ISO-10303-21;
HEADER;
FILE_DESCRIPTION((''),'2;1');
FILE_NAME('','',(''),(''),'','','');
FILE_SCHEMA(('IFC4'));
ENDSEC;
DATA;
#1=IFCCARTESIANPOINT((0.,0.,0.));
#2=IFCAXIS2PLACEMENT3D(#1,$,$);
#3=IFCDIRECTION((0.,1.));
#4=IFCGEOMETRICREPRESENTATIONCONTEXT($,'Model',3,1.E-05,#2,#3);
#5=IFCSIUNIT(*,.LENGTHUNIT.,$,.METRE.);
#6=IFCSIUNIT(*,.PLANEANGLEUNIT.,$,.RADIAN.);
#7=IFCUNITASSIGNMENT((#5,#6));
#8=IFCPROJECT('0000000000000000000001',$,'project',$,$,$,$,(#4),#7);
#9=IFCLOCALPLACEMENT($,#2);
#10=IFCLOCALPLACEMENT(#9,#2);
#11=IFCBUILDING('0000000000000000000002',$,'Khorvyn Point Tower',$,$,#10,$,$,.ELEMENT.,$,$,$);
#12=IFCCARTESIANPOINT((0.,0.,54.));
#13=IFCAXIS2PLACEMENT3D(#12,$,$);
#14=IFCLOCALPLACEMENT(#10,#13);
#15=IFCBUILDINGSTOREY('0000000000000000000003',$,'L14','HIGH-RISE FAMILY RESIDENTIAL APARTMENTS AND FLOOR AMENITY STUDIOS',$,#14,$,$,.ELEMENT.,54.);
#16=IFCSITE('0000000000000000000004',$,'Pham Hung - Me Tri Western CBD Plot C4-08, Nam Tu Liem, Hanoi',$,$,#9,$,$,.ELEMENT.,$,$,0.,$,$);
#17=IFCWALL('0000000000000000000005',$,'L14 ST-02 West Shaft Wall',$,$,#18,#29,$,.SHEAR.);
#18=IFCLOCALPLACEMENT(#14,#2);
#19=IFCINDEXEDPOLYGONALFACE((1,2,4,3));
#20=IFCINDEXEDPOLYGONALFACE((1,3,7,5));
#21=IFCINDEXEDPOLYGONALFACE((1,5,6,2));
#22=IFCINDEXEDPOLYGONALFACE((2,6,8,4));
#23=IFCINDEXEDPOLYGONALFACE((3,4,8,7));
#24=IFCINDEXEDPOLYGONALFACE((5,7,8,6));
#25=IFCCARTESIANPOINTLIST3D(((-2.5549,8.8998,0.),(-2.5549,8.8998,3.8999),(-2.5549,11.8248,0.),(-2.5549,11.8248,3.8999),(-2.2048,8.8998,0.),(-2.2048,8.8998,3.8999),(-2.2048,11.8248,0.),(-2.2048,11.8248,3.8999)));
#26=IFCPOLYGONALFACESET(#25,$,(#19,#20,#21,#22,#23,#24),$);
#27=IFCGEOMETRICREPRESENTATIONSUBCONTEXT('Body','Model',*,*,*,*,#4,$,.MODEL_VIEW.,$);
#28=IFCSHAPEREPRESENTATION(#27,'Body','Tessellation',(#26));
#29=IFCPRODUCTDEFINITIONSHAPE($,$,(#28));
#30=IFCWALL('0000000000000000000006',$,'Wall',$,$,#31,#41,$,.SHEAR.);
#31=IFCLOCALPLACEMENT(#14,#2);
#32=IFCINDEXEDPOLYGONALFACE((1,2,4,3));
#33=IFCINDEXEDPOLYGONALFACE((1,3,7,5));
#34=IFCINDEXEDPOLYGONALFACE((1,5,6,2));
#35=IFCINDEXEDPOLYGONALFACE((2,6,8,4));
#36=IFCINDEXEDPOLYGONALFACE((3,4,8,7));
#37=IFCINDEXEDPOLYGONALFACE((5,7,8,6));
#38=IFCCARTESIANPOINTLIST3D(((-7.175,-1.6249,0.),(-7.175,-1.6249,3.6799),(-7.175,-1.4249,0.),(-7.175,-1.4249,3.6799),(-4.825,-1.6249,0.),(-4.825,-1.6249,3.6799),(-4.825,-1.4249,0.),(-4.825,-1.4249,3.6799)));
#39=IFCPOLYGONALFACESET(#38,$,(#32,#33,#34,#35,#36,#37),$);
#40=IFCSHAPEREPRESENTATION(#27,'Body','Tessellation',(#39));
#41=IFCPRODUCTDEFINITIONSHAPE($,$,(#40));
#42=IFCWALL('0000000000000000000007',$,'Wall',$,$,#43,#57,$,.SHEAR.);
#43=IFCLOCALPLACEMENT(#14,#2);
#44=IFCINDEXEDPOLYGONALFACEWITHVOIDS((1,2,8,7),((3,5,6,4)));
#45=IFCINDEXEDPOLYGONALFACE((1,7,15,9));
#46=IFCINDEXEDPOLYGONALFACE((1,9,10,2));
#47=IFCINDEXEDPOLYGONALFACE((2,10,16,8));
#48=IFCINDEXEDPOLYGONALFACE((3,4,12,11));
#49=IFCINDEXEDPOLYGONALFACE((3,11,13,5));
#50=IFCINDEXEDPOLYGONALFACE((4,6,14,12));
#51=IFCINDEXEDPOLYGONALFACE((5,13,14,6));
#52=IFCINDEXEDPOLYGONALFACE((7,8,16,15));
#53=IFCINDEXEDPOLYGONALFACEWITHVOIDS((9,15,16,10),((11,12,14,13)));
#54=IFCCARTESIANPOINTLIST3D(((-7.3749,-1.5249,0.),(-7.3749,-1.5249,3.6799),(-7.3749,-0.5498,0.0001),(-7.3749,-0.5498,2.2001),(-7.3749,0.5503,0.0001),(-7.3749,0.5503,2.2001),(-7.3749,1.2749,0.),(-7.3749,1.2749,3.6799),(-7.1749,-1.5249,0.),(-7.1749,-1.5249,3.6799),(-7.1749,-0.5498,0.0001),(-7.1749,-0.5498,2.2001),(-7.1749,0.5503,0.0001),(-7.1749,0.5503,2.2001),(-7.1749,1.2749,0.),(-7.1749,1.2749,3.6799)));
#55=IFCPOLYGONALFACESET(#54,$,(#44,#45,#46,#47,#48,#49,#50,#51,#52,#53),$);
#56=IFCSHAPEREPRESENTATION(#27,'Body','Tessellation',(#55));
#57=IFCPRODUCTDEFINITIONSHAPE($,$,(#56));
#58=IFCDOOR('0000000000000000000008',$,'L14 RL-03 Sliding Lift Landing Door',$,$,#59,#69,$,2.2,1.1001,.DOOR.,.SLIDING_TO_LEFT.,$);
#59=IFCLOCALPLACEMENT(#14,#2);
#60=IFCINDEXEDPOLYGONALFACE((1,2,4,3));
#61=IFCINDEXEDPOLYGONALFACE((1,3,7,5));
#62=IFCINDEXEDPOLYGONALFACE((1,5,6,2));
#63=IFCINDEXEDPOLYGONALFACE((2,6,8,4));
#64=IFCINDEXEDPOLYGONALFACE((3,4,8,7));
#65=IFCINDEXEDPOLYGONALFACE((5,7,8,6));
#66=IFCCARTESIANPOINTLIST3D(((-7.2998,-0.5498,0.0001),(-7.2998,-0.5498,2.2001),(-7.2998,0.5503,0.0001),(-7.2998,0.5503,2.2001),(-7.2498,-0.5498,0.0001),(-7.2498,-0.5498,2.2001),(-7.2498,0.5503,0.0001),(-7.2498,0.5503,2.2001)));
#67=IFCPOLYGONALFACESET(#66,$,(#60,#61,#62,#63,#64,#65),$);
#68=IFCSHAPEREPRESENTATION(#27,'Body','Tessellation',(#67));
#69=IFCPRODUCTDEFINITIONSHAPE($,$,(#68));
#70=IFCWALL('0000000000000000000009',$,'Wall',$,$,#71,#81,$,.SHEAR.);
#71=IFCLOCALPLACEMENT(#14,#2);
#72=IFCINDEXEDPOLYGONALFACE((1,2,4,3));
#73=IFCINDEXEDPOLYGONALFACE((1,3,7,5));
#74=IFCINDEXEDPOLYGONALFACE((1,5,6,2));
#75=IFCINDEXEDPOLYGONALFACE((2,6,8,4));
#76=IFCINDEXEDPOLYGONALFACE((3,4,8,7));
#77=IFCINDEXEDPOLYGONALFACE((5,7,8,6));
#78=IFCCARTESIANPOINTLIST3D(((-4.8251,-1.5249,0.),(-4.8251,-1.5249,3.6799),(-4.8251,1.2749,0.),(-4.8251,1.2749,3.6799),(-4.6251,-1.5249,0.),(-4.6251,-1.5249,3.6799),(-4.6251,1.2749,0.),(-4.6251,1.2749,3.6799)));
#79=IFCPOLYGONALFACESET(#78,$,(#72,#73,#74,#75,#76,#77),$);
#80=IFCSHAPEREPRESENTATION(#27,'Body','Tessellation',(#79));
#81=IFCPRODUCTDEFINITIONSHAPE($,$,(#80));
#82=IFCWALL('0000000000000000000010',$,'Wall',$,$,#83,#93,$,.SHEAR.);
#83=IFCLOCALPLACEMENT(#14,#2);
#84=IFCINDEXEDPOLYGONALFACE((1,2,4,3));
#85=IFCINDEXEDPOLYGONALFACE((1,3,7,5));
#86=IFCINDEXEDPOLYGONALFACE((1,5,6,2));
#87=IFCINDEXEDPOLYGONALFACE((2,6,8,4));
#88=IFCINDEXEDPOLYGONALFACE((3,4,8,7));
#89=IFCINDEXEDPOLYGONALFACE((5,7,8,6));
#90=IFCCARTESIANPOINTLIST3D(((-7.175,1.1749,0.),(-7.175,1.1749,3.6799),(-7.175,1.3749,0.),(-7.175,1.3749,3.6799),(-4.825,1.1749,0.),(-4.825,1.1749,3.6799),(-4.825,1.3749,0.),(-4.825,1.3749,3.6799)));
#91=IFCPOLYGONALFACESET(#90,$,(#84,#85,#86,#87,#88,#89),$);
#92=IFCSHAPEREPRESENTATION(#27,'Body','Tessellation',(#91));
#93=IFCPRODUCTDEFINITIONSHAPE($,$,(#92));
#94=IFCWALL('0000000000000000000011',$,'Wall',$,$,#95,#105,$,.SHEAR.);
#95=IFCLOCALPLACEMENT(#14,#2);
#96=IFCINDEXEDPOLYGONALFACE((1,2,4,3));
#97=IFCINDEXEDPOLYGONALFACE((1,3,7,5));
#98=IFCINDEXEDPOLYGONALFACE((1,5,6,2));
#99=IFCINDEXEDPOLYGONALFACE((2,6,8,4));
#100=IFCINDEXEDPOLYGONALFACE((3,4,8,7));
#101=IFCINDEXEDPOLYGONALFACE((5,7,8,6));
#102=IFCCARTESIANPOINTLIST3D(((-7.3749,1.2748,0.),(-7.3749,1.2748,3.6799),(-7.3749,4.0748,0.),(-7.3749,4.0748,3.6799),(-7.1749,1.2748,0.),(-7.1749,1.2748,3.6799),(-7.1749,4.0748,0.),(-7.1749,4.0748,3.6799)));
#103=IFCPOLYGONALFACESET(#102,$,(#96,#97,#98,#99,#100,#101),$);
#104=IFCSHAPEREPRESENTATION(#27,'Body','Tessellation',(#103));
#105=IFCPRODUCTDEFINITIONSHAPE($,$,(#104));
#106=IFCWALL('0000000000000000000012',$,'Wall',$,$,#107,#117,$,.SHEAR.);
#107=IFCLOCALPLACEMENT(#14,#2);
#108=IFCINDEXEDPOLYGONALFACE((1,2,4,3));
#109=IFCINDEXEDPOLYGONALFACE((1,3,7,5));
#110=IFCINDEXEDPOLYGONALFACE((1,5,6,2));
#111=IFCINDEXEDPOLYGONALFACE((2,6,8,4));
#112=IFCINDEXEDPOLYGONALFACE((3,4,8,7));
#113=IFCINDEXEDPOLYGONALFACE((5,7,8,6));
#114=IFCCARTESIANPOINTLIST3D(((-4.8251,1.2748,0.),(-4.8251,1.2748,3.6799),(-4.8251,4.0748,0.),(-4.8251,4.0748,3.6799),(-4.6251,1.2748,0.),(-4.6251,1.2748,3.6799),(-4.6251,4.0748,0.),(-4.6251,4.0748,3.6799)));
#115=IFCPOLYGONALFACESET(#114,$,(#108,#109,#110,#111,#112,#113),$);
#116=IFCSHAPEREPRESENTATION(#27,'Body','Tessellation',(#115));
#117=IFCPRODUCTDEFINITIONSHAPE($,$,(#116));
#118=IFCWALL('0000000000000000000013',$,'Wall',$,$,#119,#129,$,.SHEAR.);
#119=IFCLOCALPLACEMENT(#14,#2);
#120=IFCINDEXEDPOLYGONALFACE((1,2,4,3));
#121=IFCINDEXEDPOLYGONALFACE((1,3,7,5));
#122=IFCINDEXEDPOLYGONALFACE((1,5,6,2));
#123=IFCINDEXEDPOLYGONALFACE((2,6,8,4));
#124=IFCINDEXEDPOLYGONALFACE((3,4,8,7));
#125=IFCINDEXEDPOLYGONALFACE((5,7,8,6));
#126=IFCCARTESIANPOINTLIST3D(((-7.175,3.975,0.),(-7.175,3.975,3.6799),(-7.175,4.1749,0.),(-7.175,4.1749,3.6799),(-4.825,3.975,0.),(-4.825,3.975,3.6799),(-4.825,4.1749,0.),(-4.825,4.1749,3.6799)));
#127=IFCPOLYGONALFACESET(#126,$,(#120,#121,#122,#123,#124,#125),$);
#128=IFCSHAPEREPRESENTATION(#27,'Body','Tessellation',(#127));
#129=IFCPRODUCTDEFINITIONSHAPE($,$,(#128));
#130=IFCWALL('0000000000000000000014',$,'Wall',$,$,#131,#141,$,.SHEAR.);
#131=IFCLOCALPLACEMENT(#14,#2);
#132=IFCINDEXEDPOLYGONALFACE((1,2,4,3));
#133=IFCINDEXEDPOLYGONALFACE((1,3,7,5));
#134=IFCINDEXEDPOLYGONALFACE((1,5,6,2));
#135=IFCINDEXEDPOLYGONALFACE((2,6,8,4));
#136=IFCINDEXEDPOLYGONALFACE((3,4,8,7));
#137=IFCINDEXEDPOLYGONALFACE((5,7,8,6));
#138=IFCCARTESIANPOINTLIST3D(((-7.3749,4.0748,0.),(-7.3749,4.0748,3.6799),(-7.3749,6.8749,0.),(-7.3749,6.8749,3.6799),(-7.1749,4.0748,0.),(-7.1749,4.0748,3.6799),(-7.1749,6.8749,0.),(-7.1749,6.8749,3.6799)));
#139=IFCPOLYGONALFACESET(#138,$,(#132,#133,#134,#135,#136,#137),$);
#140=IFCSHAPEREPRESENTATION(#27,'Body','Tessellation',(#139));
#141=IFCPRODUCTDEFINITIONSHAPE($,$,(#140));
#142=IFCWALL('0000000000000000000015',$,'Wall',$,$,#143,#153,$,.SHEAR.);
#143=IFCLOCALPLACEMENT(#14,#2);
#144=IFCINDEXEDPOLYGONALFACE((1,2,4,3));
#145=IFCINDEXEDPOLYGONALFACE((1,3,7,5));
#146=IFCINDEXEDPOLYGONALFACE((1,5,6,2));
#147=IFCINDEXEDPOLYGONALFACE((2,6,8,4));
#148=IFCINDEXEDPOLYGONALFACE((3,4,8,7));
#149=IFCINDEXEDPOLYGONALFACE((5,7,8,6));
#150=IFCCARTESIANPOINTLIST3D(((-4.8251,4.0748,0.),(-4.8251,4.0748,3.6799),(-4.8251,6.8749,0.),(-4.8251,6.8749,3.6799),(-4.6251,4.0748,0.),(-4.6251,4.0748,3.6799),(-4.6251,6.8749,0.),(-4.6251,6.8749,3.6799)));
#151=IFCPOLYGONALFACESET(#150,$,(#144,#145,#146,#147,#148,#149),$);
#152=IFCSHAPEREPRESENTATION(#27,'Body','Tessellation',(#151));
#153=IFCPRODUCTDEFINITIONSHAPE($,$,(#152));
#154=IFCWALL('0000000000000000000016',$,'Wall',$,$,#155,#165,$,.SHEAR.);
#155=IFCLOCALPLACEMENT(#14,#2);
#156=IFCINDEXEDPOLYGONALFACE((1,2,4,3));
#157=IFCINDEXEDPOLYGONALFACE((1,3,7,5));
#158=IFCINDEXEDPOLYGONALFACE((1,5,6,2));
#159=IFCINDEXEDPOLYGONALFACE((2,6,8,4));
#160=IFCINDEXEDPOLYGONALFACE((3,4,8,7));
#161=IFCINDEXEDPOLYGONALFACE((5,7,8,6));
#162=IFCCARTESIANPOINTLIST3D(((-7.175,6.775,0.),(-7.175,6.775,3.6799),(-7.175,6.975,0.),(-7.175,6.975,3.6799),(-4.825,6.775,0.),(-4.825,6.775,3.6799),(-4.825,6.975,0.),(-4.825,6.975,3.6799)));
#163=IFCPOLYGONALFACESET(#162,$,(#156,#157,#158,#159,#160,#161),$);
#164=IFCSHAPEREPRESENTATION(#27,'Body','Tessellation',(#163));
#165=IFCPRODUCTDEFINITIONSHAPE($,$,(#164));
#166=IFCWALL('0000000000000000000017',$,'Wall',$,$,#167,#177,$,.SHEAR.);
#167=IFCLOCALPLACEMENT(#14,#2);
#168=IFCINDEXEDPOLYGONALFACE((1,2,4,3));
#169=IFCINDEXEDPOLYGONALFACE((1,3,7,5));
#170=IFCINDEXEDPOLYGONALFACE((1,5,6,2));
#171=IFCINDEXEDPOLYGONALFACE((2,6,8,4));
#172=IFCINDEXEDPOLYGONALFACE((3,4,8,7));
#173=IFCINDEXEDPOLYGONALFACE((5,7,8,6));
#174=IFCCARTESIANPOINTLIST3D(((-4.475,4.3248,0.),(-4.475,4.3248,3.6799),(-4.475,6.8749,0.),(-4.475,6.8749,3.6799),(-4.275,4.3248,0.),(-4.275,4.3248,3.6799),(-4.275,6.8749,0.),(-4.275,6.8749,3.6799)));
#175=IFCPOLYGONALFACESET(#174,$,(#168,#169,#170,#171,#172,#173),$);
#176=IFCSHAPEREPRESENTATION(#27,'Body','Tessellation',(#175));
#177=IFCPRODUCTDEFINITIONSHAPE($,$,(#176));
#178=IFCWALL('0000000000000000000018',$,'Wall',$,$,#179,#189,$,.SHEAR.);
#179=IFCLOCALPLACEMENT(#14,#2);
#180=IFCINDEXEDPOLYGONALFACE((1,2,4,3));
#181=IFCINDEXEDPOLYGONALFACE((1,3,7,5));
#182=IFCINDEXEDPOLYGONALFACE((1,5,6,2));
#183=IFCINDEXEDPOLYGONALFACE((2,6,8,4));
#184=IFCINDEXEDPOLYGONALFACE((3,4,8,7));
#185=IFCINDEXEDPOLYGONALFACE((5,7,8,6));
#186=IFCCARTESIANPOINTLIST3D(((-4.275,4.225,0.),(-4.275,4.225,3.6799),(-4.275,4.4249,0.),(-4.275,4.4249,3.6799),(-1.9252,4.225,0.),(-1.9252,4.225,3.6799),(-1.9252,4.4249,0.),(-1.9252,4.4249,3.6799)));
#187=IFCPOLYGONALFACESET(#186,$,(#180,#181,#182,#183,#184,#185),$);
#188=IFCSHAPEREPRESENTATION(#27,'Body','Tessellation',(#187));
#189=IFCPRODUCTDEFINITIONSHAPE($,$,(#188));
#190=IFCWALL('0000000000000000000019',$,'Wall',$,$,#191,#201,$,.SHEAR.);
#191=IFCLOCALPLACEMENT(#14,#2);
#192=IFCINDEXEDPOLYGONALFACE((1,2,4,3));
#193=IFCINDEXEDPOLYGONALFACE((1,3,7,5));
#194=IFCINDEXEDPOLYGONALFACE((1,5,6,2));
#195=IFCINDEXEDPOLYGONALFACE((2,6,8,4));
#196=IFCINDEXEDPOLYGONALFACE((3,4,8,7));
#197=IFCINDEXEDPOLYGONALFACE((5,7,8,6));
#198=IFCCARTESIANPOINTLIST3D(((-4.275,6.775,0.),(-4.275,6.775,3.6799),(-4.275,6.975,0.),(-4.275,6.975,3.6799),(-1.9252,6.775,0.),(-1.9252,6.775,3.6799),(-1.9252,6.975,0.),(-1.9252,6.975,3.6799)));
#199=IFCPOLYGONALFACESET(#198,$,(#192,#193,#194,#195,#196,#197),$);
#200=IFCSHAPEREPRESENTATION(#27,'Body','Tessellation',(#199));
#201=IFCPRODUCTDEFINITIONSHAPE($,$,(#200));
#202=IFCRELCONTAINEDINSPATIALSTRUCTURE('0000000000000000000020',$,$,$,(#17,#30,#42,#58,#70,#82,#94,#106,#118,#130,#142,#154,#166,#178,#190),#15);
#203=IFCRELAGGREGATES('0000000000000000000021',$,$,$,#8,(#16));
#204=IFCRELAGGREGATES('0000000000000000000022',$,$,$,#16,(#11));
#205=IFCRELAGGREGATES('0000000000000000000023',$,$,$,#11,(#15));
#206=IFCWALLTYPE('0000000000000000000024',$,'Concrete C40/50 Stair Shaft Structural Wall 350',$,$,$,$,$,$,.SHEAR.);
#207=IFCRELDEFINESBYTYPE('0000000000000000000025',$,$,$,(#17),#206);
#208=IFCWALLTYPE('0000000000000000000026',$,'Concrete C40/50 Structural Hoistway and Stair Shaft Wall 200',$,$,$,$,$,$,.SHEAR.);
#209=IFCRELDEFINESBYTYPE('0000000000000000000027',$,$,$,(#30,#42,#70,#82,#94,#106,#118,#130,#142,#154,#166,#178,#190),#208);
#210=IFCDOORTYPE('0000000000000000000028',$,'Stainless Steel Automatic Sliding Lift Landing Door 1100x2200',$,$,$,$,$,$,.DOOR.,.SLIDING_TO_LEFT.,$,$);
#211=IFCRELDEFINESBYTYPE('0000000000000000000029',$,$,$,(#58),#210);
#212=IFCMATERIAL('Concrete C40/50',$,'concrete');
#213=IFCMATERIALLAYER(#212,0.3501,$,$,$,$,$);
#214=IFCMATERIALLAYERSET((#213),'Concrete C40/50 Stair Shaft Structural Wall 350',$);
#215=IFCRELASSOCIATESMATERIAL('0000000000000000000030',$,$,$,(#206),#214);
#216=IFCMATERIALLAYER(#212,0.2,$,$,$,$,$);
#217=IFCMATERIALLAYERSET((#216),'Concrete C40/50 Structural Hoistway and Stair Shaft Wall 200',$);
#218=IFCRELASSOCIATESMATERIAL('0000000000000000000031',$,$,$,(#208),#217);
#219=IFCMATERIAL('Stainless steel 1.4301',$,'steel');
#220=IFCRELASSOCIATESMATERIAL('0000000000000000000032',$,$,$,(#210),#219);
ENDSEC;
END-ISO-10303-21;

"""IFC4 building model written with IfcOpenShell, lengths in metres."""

from ifc_helpers import new_model, si_unit, direction, frame, frame_2d, origin, place, context, subcontext, project, spatial, rectangle, extrude, material, layer, layer_set, type_object, element, fill, save


model = new_model("IFC4")

# Units and contexts
model_context = context("Model", 3, precision=1e-05, world=origin(), true_north=direction((0.0, 1.0)))
body_context = subcontext(model_context, "Body", "Model", "MODEL_VIEW")
ifc_project = project(units=[si_unit("LENGTHUNIT", "METRE"), si_unit("PLANEANGLEUNIT", "RADIAN")], contexts=[model_context])

# Site, building, storey
site_placement = place(None, origin())
site = spatial("IfcSite", under=ifc_project, at=site_placement, Name="Pham Hung - Me Tri Western CBD Plot C4-08, Nam Tu Liem, Hanoi", CompositionType="ELEMENT", RefElevation=0.0)
building_placement = place(site_placement, origin())
building = spatial("IfcBuilding", under=site, at=building_placement, Name="Khorvyn Point Tower", CompositionType="ELEMENT")
storey_placement = place(building_placement, frame((0.0, 0.0, 54.0)))
storey = spatial("IfcBuildingStorey", under=building, at=storey_placement, Name="L14", Description="HIGH-RISE FAMILY RESIDENTIAL APARTMENTS AND FLOOR AMENITY STUDIOS", CompositionType="ELEMENT", Elevation=54.0)

# Shared definitions
ifc_material_1 = material(Name="Concrete C40/50", Category="concrete")

# Walls
ifc_layer_1 = layer(ifc_material_1, 0.3501)
ifc_layer_set_1 = layer_set([ifc_layer_1], Name="Concrete C40/50 Stair Shaft Structural Wall 350")
wall_type_1 = type_object("IfcWallType", Name="Concrete C40/50 Stair Shaft Structural Wall 350", PredefinedType="SHEAR", material=ifc_layer_set_1)
wall_1_placement = place(storey_placement, frame((-2.3799, 8.8999, 0.0), z_axis=(0.0, 0.0, 1.0), x_axis=(0.0, 1.0, 0.0)))
element("IfcWall", 1, at=wall_1_placement, inside=storey, type_object=wall_type_1, Name="L14 ST-02 West Shaft Wall", PredefinedType="SHEAR", context=body_context, shape_type="SweptSolid", body=[
    extrude(rectangle(XDim=2.925, YDim=0.3501, at=frame_2d((1.4624, 0.0))), origin(), (0.0, 0.0, 1.0), 3.8999),
])
ifc_layer_2 = layer(ifc_material_1, 0.2)
ifc_layer_set_2 = layer_set([ifc_layer_2], Name="Concrete C40/50 Structural Hoistway and Stair Shaft Wall 200")
wall_type_2 = type_object("IfcWallType", Name="Concrete C40/50 Structural Hoistway and Stair Shaft Wall 200", PredefinedType="SHEAR", material=ifc_layer_set_2)
wall_2_placement = place(storey_placement, frame((-7.175, -1.5249, 0.0), z_axis=(0.0, 0.0, 1.0), x_axis=(1.0, 0.0, 0.0)))
element("IfcWall", 2, at=wall_2_placement, inside=storey, type_object=wall_type_2, Name="Wall", PredefinedType="SHEAR", context=body_context, shape_type="SweptSolid", body=[
    extrude(rectangle(XDim=2.3501, YDim=0.2, at=frame_2d((1.175, 0.0))), origin(), (0.0, 0.0, 1.0), 3.6799),
])

# Wall, opening, door
wall_3_placement = place(storey_placement, frame((-7.2749, -1.5249, 0.0), z_axis=(0.0, 0.0, 1.0), x_axis=(0.0, 1.0, 0.0)))
wall_3 = element("IfcWall", 3, at=wall_3_placement, inside=storey, type_object=wall_type_2, Name="Wall", PredefinedType="SHEAR", context=body_context, shape_type="SweptSolid", body=[
    extrude(rectangle(XDim=2.7998, YDim=0.2, at=frame_2d((1.3999, 0.0))), origin(), (0.0, 0.0, 1.0), 3.6799),
])
opening_1_placement = place(wall_3_placement, frame((0.9751, 0.0, 0.0)))
opening_1 = element("IfcOpeningElement", 4, at=opening_1_placement, cuts=wall_3, PredefinedType="OPENING", context=body_context, shape_type="SweptSolid", body=[
    extrude(rectangle(XDim=1.1001, YDim=2.2, at=frame_2d((0.55, 1.1001))), frame((0.0, 0.1099, 0.0), z_axis=(0.0, -1.0, 0.0), x_axis=(1.0, 0.0, 0.0)), (0.0, 0.0, 1.0), 0.22),
])
ifc_material_2 = material(Name="Stainless steel 1.4301", Category="steel")
door_type_1 = type_object("IfcDoorType", Name="Stainless Steel Automatic Sliding Lift Landing Door 1100x2200", OperationType="SLIDING_TO_LEFT", PredefinedType="DOOR", material=ifc_material_2)
door_1_placement = place(opening_1_placement, origin())
door_1 = element("IfcDoor", 5, at=door_1_placement, inside=storey, type_object=door_type_1, Name="L14 RL-03 Sliding Lift Landing Door", OperationType="SLIDING_TO_LEFT", OverallHeight=2.2, OverallWidth=1.1001, PredefinedType="DOOR", context=body_context, shape_type="SweptSolid", body=[
    extrude(rectangle(XDim=1.1001, YDim=2.2, at=frame_2d((0.55, 1.1001))), frame((0.0, 0.0249, 0.0), z_axis=(0.0, -1.0, 0.0), x_axis=(1.0, 0.0, 0.0)), (0.0, 0.0, 1.0), 0.05),
])
fill(opening_1, door_1)

# Walls
wall_4_placement = place(storey_placement, frame((-4.7251, -1.5249, 0.0), z_axis=(0.0, 0.0, 1.0), x_axis=(0.0, 1.0, 0.0)))
element("IfcWall", 6, at=wall_4_placement, inside=storey, type_object=wall_type_2, Name="Wall", PredefinedType="SHEAR", context=body_context, shape_type="SweptSolid", body=[
    extrude(rectangle(XDim=2.7998, YDim=0.2, at=frame_2d((1.3999, 0.0))), origin(), (0.0, 0.0, 1.0), 3.6799),
])
wall_5_placement = place(storey_placement, frame((-7.175, 1.2749, 0.0), z_axis=(0.0, 0.0, 1.0), x_axis=(1.0, 0.0, 0.0)))
element("IfcWall", 7, at=wall_5_placement, inside=storey, type_object=wall_type_2, Name="Wall", PredefinedType="SHEAR", context=body_context, shape_type="SweptSolid", body=[
    extrude(rectangle(XDim=2.3501, YDim=0.2, at=frame_2d((1.175, 0.0))), origin(), (0.0, 0.0, 1.0), 3.6799),
])
for number, where, z_axis, x_axis, name in (
    (8, (-7.2749, 1.2749, 0.0), (0.0, 0.0, 1.0), (0.0, 1.0, 0.0), "Wall"),
    (9, (-4.7251, 1.2749, 0.0), (0.0, 0.0, 1.0), (0.0, 1.0, 0.0), "Wall"),
):
    element("IfcWall", number, at=place(storey_placement, frame(where, z_axis=z_axis, x_axis=x_axis)), inside=storey, type_object=wall_type_2, Name=name, PredefinedType="SHEAR", context=body_context, shape_type="SweptSolid", body=[
        extrude(rectangle(XDim=2.8, YDim=0.2, at=frame_2d((1.3999, 0.0))), origin(), (0.0, 0.0, 1.0), 3.6799),
    ])
wall_6_placement = place(storey_placement, frame((-7.175, 4.075, 0.0), z_axis=(0.0, 0.0, 1.0), x_axis=(1.0, 0.0, 0.0)))
element("IfcWall", 10, at=wall_6_placement, inside=storey, type_object=wall_type_2, Name="Wall", PredefinedType="SHEAR", context=body_context, shape_type="SweptSolid", body=[
    extrude(rectangle(XDim=2.3501, YDim=0.2, at=frame_2d((1.175, 0.0))), origin(), (0.0, 0.0, 1.0), 3.6799),
])
for number, where, z_axis, x_axis, name in (
    (11, (-7.2749, 4.075, 0.0), (0.0, 0.0, 1.0), (0.0, 1.0, 0.0), "Wall"),
    (12, (-4.7251, 4.075, 0.0), (0.0, 0.0, 1.0), (0.0, 1.0, 0.0), "Wall"),
):
    element("IfcWall", number, at=place(storey_placement, frame(where, z_axis=z_axis, x_axis=x_axis)), inside=storey, type_object=wall_type_2, Name=name, PredefinedType="SHEAR", context=body_context, shape_type="SweptSolid", body=[
        extrude(rectangle(XDim=2.8, YDim=0.2, at=frame_2d((1.3999, 0.0))), origin(), (0.0, 0.0, 1.0), 3.6799),
    ])
wall_7_placement = place(storey_placement, frame((-7.175, 6.875, 0.0), z_axis=(0.0, 0.0, 1.0), x_axis=(1.0, 0.0, 0.0)))
element("IfcWall", 13, at=wall_7_placement, inside=storey, type_object=wall_type_2, Name="Wall", PredefinedType="SHEAR", context=body_context, shape_type="SweptSolid", body=[
    extrude(rectangle(XDim=2.3501, YDim=0.2, at=frame_2d((1.175, 0.0))), origin(), (0.0, 0.0, 1.0), 3.6799),
])
wall_8_placement = place(storey_placement, frame((-4.375, 4.325, 0.0), z_axis=(0.0, 0.0, 1.0), x_axis=(0.0, 1.0, 0.0)))
element("IfcWall", 14, at=wall_8_placement, inside=storey, type_object=wall_type_2, Name="Wall", PredefinedType="SHEAR", context=body_context, shape_type="SweptSolid", body=[
    extrude(rectangle(XDim=2.55, YDim=0.2, at=frame_2d((1.2749, 0.0))), origin(), (0.0, 0.0, 1.0), 3.6799),
])
for number, where, z_axis, x_axis, name in (
    (15, (-4.2749, 4.325, 0.0), (0.0, 0.0, 1.0), (1.0, 0.0, 0.0), "Wall"),
    (16, (-4.2749, 6.875, 0.0), (0.0, 0.0, 1.0), (1.0, 0.0, 0.0), "Wall"),
):
    element("IfcWall", number, at=place(storey_placement, frame(where, z_axis=z_axis, x_axis=x_axis)), inside=storey, type_object=wall_type_2, Name=name, PredefinedType="SHEAR", context=body_context, shape_type="SweptSolid", body=[
        extrude(rectangle(XDim=2.3499, YDim=0.2, at=frame_2d((1.1748, 0.0))), origin(), (0.0, 0.0, 1.0), 3.6799),
    ])

save(model, "model.ifc")
